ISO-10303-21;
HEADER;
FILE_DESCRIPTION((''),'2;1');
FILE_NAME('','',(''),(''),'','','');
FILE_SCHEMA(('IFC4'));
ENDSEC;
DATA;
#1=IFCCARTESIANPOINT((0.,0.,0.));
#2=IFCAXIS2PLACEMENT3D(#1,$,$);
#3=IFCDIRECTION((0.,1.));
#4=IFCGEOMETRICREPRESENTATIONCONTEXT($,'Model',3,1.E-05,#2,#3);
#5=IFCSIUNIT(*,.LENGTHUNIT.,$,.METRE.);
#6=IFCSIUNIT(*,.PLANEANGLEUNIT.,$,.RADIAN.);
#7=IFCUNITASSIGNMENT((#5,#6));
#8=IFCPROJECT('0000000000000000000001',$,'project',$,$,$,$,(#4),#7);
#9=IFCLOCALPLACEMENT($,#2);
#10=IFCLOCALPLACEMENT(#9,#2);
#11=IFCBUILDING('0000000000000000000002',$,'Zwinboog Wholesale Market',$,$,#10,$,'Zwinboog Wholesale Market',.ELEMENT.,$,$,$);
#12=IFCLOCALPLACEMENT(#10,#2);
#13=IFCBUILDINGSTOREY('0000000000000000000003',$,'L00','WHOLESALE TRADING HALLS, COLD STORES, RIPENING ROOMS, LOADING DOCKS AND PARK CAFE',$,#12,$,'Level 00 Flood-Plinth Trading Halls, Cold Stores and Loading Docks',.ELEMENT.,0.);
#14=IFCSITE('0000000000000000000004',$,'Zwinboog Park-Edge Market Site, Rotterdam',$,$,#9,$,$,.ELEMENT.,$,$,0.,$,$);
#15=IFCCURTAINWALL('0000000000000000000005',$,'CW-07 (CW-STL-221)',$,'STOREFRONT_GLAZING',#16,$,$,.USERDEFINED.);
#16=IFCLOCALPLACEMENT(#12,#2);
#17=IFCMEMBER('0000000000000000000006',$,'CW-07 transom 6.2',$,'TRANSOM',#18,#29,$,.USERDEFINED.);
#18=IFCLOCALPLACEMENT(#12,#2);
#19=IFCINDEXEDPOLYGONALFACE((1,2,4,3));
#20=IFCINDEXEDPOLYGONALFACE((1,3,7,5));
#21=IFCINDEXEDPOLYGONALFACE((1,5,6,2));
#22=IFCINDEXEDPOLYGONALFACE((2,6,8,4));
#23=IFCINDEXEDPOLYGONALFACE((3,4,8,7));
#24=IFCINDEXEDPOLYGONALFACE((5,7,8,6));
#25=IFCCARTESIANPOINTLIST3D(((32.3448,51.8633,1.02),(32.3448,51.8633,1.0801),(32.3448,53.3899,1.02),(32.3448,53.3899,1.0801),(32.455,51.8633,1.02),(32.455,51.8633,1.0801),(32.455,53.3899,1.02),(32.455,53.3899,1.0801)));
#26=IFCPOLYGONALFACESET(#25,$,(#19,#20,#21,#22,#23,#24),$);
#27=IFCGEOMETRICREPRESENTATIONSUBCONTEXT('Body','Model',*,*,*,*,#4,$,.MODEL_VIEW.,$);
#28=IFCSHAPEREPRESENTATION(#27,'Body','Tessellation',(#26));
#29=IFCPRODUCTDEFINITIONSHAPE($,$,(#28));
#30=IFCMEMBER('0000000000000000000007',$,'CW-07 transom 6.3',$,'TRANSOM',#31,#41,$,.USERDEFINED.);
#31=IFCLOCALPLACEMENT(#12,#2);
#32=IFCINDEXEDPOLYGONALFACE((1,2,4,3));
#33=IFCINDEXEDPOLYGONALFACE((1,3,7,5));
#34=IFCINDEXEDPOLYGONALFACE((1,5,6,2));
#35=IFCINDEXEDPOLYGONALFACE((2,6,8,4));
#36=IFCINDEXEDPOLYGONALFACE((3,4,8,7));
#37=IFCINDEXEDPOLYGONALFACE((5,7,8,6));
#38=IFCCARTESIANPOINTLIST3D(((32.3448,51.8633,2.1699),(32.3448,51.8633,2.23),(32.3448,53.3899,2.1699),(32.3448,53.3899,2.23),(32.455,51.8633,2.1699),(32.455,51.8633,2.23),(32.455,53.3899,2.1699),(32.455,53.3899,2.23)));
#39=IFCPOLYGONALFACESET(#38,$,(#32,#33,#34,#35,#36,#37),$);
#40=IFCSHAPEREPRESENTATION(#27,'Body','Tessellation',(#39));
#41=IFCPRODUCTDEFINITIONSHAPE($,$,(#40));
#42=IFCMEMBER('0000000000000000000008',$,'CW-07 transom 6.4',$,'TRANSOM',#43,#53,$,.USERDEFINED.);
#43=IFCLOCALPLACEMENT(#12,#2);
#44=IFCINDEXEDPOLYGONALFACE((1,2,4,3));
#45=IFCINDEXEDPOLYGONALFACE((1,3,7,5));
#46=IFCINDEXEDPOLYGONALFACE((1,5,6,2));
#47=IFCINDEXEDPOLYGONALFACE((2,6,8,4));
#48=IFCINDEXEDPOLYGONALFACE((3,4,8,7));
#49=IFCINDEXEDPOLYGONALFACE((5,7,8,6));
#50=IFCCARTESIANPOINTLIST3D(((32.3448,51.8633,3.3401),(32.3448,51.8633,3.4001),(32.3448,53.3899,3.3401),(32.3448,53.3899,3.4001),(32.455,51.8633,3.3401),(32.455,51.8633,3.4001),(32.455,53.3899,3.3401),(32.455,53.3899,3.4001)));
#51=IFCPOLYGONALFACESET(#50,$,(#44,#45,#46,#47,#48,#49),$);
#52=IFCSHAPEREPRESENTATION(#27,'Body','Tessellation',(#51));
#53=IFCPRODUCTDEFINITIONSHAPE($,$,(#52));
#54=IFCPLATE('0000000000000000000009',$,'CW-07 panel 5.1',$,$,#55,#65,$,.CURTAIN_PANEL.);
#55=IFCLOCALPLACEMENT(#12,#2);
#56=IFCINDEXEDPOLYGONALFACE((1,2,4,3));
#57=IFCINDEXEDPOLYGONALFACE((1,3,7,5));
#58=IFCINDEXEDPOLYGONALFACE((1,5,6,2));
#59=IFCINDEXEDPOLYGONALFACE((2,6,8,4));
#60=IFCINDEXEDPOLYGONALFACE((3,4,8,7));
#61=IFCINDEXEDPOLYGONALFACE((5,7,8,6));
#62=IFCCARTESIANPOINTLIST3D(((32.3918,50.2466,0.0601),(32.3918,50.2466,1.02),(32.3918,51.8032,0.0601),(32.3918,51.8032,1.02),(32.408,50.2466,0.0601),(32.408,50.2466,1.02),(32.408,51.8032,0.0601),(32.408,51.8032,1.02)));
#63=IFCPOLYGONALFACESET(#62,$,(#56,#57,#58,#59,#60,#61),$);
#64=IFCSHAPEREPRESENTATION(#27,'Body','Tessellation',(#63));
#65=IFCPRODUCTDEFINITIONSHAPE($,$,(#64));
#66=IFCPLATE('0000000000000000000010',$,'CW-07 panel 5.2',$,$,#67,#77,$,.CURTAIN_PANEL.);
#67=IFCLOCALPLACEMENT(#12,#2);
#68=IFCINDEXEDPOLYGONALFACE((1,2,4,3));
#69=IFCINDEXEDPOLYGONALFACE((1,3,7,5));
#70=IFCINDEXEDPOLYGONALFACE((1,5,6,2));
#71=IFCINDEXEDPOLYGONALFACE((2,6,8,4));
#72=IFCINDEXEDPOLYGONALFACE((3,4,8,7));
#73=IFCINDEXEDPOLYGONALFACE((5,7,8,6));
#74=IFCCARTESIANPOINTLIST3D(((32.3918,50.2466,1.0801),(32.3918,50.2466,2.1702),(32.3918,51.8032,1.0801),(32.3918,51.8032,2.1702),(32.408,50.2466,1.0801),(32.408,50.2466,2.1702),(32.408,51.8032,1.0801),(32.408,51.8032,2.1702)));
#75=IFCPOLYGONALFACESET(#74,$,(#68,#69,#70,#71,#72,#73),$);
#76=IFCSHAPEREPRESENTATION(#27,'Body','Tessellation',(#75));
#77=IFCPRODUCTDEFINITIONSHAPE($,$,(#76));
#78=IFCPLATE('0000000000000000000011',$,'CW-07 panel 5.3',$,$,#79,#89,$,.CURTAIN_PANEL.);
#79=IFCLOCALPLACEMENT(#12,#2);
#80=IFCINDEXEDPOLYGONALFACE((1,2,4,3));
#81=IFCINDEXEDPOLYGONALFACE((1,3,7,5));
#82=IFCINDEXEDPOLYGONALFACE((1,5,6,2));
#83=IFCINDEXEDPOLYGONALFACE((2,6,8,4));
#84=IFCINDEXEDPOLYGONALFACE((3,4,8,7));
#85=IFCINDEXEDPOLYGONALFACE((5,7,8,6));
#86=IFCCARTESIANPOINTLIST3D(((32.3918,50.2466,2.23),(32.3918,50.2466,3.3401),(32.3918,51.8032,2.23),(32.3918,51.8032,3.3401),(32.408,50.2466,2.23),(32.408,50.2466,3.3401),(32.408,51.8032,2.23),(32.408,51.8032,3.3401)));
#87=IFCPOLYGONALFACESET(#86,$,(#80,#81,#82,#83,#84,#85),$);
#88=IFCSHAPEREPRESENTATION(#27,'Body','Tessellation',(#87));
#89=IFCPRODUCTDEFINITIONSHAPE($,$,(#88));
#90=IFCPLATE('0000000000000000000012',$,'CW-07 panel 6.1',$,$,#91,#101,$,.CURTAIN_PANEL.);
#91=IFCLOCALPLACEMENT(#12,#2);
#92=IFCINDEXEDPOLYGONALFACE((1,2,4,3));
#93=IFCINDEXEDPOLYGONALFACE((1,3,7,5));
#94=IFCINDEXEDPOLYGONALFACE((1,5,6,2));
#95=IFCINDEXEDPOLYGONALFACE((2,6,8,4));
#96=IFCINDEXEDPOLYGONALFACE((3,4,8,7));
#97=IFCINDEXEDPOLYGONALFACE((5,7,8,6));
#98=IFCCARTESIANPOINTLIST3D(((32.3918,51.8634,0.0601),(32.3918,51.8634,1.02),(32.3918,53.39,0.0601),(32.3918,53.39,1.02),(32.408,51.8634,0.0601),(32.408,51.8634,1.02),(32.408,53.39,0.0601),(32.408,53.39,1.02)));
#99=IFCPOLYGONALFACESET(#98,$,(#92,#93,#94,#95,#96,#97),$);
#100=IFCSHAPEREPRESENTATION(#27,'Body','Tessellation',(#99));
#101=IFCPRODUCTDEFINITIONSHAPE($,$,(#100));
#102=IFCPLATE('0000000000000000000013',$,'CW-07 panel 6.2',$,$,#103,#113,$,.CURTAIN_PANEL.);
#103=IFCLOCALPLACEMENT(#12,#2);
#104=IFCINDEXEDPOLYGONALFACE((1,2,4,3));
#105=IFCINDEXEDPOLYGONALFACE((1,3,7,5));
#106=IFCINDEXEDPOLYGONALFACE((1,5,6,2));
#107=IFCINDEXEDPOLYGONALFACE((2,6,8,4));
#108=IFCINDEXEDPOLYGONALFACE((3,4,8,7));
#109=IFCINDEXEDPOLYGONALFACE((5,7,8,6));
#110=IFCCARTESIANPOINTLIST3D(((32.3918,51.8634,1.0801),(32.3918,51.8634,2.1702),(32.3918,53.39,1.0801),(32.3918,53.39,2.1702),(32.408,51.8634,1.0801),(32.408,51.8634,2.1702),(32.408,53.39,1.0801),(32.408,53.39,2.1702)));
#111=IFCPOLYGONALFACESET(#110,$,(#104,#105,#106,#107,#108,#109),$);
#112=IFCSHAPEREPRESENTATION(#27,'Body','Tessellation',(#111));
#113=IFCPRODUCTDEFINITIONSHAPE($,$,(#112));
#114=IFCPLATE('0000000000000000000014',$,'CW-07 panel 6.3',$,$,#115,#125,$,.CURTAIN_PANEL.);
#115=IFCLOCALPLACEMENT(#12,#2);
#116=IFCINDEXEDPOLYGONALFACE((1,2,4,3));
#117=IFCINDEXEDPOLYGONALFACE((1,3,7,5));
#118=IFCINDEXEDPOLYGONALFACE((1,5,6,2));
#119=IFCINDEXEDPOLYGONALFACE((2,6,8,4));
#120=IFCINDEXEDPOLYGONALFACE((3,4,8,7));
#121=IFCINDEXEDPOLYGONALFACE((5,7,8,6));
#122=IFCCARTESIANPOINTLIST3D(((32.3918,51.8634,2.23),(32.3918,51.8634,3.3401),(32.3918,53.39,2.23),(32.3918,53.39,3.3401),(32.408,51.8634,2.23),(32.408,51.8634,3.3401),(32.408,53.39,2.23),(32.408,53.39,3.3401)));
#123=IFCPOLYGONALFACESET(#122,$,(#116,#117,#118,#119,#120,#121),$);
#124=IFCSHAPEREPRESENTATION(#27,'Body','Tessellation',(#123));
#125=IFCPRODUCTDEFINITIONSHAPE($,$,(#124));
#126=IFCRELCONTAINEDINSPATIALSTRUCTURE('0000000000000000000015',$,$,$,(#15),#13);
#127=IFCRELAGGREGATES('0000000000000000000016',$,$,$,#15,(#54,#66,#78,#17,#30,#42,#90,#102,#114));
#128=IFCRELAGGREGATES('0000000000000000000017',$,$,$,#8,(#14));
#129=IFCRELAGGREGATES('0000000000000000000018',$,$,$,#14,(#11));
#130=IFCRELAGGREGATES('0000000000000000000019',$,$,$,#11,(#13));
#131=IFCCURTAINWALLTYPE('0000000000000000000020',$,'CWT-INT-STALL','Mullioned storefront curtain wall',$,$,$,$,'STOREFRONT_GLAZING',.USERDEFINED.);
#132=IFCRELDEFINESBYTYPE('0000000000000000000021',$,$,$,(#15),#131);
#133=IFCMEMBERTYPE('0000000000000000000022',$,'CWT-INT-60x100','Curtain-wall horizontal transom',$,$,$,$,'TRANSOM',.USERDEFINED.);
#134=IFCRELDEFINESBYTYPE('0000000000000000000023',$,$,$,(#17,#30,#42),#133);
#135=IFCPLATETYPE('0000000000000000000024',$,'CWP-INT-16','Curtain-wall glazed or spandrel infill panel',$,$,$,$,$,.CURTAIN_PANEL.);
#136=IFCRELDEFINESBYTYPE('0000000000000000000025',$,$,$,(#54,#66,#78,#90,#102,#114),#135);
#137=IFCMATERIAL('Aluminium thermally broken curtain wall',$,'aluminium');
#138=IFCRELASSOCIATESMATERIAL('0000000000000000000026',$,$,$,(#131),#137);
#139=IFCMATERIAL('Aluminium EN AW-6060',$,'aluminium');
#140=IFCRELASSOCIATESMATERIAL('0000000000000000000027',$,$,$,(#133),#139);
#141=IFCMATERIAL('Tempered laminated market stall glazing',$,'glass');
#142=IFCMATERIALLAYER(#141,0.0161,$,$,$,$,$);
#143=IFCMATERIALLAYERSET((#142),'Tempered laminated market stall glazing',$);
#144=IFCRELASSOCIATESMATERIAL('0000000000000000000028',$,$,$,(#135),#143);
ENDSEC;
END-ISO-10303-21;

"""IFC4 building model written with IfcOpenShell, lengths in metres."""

from ifc_helpers import new_model, si_unit, direction, frame, origin, origin_2d, place, context, subcontext, project, spatial, rectangle, extrude, material, layer, layer_set, material_profile, profile_set, type_object, element, aggregate, save


model = new_model("IFC4")

# Units and contexts
model_context = context("Model", 3, precision=1e-05, world=origin(), true_north=direction((0.0, 1.0)))
body_context = subcontext(model_context, "Body", "Model", "MODEL_VIEW")
ifc_project = project(units=[si_unit("LENGTHUNIT", "METRE"), si_unit("PLANEANGLEUNIT", "RADIAN")], contexts=[model_context])

# Site, building, storey
site_placement = place(None, origin())
site = spatial("IfcSite", under=ifc_project, at=site_placement, Name="Zwinboog Park-Edge Market Site, Rotterdam", CompositionType="ELEMENT", RefElevation=0.0)
building_placement = place(site_placement, origin())
building = spatial("IfcBuilding", under=site, at=building_placement, Name="Zwinboog Wholesale Market", LongName="Zwinboog Wholesale Market", CompositionType="ELEMENT")
storey_placement = place(building_placement, origin())
storey = spatial("IfcBuildingStorey", under=building, at=storey_placement, Name="L00", Description="WHOLESALE TRADING HALLS, COLD STORES, RIPENING ROOMS, LOADING DOCKS AND PARK CAFE", LongName="Level 00 Flood-Plinth Trading Halls, Cold Stores and Loading Docks", CompositionType="ELEMENT", Elevation=0.0)

# Curtain wall, members, plates
ifc_material_1 = material(Name="Aluminium thermally broken curtain wall", Category="aluminium")
curtain_wall_type = type_object("IfcCurtainWallType", Name="CWT-INT-STALL", Description="Mullioned storefront curtain wall", ElementType="STOREFRONT_GLAZING", PredefinedType="USERDEFINED", material=ifc_material_1)
curtain_wall_placement = place(storey_placement, origin())
curtain_wall = element("IfcCurtainWall", 1, at=curtain_wall_placement, inside=storey, type_object=curtain_wall_type, Name="CW-07 (CW-STL-221)", ObjectType="STOREFRONT_GLAZING", PredefinedType="USERDEFINED")
ifc_material_2 = material(Name="Aluminium EN AW-6060", Category="aluminium")
ifc_material_profile_1 = material_profile(ifc_material_2, rectangle(XDim=0.1101, YDim=0.0601, at=origin_2d()), Name="AL 60x110")
ifc_profile_set_1 = profile_set([ifc_material_profile_1], Name="Aluminium EN AW-6060")
member_type_1 = type_object("IfcMemberType", Name="CWT-INT-60x100", Description="Curtain-wall horizontal transom", ElementType="TRANSOM", PredefinedType="USERDEFINED", material=ifc_profile_set_1)
member_1_placement = place(storey_placement, frame((32.3999, 51.8633, 1.05), z_axis=(0.0, 1.0, 0.0), x_axis=(-1.0, 0.0, 0.0)))
member_1 = element("IfcMember", 2, at=member_1_placement, type_object=member_type_1, Name="CW-07 transom 6.2", ObjectType="TRANSOM", PredefinedType="USERDEFINED", context=body_context, shape_type="SweptSolid", body=[
    extrude(rectangle(XDim=0.1101, YDim=0.0601, at=origin_2d()), origin(), (0.0, 0.0, 1.0), 1.5266),
])
member_2_placement = place(storey_placement, frame((32.3999, 51.8633, 2.2), z_axis=(0.0, 1.0, 0.0), x_axis=(-1.0, 0.0, 0.0)))
member_2 = element("IfcMember", 3, at=member_2_placement, type_object=member_type_1, Name="CW-07 transom 6.3", ObjectType="TRANSOM", PredefinedType="USERDEFINED", context=body_context, shape_type="SweptSolid", body=[
    extrude(rectangle(XDim=0.1101, YDim=0.0601, at=origin_2d()), origin(), (0.0, 0.0, 1.0), 1.5266),
])
member_3_placement = place(storey_placement, frame((32.3999, 51.8633, 3.3701), z_axis=(0.0, 1.0, 0.0), x_axis=(-1.0, 0.0, 0.0)))
member_3 = element("IfcMember", 4, at=member_3_placement, type_object=member_type_1, Name="CW-07 transom 6.4", ObjectType="TRANSOM", PredefinedType="USERDEFINED", context=body_context, shape_type="SweptSolid", body=[
    extrude(rectangle(XDim=0.1101, YDim=0.0601, at=origin_2d()), origin(), (0.0, 0.0, 1.0), 1.5266),
])
ifc_material_3 = material(Name="Tempered laminated market stall glazing", Category="glass")
ifc_layer = layer(ifc_material_3, 0.0161)
ifc_layer_set = layer_set([ifc_layer], Name="Tempered laminated market stall glazing")
plate_type = type_object("IfcPlateType", Name="CWP-INT-16", Description="Curtain-wall glazed or spandrel infill panel", PredefinedType="CURTAIN_PANEL", material=ifc_layer_set)
plate_1_placement = place(storey_placement, frame((32.3999, 51.0249, 0.0601), z_axis=(0.0, 0.0, 1.0), x_axis=(0.0, 1.0, 0.0)))
plate_1 = element("IfcPlate", 5, at=plate_1_placement, type_object=plate_type, Name="CW-07 panel 5.1", PredefinedType="CURTAIN_PANEL", context=body_context, shape_type="SweptSolid", body=[
    extrude(rectangle(XDim=1.5566, YDim=0.0161, at=origin_2d()), origin(), (0.0, 0.0, 1.0), 0.96),
])
plate_2_placement = place(storey_placement, frame((32.3999, 51.0249, 1.0801), z_axis=(0.0, 0.0, 1.0), x_axis=(0.0, 1.0, 0.0)))
plate_2 = element("IfcPlate", 6, at=plate_2_placement, type_object=plate_type, Name="CW-07 panel 5.2", PredefinedType="CURTAIN_PANEL", context=body_context, shape_type="SweptSolid", body=[
    extrude(rectangle(XDim=1.5566, YDim=0.0161, at=origin_2d()), origin(), (0.0, 0.0, 1.0), 1.0901),
])
plate_3_placement = place(storey_placement, frame((32.3999, 51.0249, 2.23), z_axis=(0.0, 0.0, 1.0), x_axis=(0.0, 1.0, 0.0)))
plate_3 = element("IfcPlate", 7, at=plate_3_placement, type_object=plate_type, Name="CW-07 panel 5.3", PredefinedType="CURTAIN_PANEL", context=body_context, shape_type="SweptSolid", body=[
    extrude(rectangle(XDim=1.5566, YDim=0.0161, at=origin_2d()), origin(), (0.0, 0.0, 1.0), 1.1101),
])
plate_4_placement = place(storey_placement, frame((32.3999, 52.6267, 0.0601), z_axis=(0.0, 0.0, 1.0), x_axis=(0.0, 1.0, 0.0)))
plate_4 = element("IfcPlate", 8, at=plate_4_placement, type_object=plate_type, Name="CW-07 panel 6.1", PredefinedType="CURTAIN_PANEL", context=body_context, shape_type="SweptSolid", body=[
    extrude(rectangle(XDim=1.5266, YDim=0.0161, at=origin_2d()), origin(), (0.0, 0.0, 1.0), 0.96),
])
plate_5_placement = place(storey_placement, frame((32.3999, 52.6267, 1.0801), z_axis=(0.0, 0.0, 1.0), x_axis=(0.0, 1.0, 0.0)))
plate_5 = element("IfcPlate", 9, at=plate_5_placement, type_object=plate_type, Name="CW-07 panel 6.2", PredefinedType="CURTAIN_PANEL", context=body_context, shape_type="SweptSolid", body=[
    extrude(rectangle(XDim=1.5266, YDim=0.0161, at=origin_2d()), origin(), (0.0, 0.0, 1.0), 1.0901),
])
plate_6_placement = place(storey_placement, frame((32.3999, 52.6267, 2.23), z_axis=(0.0, 0.0, 1.0), x_axis=(0.0, 1.0, 0.0)))
plate_6 = element("IfcPlate", 10, at=plate_6_placement, type_object=plate_type, Name="CW-07 panel 6.3", PredefinedType="CURTAIN_PANEL", context=body_context, shape_type="SweptSolid", body=[
    extrude(rectangle(XDim=1.5266, YDim=0.0161, at=origin_2d()), origin(), (0.0, 0.0, 1.0), 1.1101),
])
aggregate(curtain_wall, [plate_1, plate_2, plate_3, member_1, member_2, member_3, plate_4, plate_5, plate_6])

save(model, "model.ifc")
